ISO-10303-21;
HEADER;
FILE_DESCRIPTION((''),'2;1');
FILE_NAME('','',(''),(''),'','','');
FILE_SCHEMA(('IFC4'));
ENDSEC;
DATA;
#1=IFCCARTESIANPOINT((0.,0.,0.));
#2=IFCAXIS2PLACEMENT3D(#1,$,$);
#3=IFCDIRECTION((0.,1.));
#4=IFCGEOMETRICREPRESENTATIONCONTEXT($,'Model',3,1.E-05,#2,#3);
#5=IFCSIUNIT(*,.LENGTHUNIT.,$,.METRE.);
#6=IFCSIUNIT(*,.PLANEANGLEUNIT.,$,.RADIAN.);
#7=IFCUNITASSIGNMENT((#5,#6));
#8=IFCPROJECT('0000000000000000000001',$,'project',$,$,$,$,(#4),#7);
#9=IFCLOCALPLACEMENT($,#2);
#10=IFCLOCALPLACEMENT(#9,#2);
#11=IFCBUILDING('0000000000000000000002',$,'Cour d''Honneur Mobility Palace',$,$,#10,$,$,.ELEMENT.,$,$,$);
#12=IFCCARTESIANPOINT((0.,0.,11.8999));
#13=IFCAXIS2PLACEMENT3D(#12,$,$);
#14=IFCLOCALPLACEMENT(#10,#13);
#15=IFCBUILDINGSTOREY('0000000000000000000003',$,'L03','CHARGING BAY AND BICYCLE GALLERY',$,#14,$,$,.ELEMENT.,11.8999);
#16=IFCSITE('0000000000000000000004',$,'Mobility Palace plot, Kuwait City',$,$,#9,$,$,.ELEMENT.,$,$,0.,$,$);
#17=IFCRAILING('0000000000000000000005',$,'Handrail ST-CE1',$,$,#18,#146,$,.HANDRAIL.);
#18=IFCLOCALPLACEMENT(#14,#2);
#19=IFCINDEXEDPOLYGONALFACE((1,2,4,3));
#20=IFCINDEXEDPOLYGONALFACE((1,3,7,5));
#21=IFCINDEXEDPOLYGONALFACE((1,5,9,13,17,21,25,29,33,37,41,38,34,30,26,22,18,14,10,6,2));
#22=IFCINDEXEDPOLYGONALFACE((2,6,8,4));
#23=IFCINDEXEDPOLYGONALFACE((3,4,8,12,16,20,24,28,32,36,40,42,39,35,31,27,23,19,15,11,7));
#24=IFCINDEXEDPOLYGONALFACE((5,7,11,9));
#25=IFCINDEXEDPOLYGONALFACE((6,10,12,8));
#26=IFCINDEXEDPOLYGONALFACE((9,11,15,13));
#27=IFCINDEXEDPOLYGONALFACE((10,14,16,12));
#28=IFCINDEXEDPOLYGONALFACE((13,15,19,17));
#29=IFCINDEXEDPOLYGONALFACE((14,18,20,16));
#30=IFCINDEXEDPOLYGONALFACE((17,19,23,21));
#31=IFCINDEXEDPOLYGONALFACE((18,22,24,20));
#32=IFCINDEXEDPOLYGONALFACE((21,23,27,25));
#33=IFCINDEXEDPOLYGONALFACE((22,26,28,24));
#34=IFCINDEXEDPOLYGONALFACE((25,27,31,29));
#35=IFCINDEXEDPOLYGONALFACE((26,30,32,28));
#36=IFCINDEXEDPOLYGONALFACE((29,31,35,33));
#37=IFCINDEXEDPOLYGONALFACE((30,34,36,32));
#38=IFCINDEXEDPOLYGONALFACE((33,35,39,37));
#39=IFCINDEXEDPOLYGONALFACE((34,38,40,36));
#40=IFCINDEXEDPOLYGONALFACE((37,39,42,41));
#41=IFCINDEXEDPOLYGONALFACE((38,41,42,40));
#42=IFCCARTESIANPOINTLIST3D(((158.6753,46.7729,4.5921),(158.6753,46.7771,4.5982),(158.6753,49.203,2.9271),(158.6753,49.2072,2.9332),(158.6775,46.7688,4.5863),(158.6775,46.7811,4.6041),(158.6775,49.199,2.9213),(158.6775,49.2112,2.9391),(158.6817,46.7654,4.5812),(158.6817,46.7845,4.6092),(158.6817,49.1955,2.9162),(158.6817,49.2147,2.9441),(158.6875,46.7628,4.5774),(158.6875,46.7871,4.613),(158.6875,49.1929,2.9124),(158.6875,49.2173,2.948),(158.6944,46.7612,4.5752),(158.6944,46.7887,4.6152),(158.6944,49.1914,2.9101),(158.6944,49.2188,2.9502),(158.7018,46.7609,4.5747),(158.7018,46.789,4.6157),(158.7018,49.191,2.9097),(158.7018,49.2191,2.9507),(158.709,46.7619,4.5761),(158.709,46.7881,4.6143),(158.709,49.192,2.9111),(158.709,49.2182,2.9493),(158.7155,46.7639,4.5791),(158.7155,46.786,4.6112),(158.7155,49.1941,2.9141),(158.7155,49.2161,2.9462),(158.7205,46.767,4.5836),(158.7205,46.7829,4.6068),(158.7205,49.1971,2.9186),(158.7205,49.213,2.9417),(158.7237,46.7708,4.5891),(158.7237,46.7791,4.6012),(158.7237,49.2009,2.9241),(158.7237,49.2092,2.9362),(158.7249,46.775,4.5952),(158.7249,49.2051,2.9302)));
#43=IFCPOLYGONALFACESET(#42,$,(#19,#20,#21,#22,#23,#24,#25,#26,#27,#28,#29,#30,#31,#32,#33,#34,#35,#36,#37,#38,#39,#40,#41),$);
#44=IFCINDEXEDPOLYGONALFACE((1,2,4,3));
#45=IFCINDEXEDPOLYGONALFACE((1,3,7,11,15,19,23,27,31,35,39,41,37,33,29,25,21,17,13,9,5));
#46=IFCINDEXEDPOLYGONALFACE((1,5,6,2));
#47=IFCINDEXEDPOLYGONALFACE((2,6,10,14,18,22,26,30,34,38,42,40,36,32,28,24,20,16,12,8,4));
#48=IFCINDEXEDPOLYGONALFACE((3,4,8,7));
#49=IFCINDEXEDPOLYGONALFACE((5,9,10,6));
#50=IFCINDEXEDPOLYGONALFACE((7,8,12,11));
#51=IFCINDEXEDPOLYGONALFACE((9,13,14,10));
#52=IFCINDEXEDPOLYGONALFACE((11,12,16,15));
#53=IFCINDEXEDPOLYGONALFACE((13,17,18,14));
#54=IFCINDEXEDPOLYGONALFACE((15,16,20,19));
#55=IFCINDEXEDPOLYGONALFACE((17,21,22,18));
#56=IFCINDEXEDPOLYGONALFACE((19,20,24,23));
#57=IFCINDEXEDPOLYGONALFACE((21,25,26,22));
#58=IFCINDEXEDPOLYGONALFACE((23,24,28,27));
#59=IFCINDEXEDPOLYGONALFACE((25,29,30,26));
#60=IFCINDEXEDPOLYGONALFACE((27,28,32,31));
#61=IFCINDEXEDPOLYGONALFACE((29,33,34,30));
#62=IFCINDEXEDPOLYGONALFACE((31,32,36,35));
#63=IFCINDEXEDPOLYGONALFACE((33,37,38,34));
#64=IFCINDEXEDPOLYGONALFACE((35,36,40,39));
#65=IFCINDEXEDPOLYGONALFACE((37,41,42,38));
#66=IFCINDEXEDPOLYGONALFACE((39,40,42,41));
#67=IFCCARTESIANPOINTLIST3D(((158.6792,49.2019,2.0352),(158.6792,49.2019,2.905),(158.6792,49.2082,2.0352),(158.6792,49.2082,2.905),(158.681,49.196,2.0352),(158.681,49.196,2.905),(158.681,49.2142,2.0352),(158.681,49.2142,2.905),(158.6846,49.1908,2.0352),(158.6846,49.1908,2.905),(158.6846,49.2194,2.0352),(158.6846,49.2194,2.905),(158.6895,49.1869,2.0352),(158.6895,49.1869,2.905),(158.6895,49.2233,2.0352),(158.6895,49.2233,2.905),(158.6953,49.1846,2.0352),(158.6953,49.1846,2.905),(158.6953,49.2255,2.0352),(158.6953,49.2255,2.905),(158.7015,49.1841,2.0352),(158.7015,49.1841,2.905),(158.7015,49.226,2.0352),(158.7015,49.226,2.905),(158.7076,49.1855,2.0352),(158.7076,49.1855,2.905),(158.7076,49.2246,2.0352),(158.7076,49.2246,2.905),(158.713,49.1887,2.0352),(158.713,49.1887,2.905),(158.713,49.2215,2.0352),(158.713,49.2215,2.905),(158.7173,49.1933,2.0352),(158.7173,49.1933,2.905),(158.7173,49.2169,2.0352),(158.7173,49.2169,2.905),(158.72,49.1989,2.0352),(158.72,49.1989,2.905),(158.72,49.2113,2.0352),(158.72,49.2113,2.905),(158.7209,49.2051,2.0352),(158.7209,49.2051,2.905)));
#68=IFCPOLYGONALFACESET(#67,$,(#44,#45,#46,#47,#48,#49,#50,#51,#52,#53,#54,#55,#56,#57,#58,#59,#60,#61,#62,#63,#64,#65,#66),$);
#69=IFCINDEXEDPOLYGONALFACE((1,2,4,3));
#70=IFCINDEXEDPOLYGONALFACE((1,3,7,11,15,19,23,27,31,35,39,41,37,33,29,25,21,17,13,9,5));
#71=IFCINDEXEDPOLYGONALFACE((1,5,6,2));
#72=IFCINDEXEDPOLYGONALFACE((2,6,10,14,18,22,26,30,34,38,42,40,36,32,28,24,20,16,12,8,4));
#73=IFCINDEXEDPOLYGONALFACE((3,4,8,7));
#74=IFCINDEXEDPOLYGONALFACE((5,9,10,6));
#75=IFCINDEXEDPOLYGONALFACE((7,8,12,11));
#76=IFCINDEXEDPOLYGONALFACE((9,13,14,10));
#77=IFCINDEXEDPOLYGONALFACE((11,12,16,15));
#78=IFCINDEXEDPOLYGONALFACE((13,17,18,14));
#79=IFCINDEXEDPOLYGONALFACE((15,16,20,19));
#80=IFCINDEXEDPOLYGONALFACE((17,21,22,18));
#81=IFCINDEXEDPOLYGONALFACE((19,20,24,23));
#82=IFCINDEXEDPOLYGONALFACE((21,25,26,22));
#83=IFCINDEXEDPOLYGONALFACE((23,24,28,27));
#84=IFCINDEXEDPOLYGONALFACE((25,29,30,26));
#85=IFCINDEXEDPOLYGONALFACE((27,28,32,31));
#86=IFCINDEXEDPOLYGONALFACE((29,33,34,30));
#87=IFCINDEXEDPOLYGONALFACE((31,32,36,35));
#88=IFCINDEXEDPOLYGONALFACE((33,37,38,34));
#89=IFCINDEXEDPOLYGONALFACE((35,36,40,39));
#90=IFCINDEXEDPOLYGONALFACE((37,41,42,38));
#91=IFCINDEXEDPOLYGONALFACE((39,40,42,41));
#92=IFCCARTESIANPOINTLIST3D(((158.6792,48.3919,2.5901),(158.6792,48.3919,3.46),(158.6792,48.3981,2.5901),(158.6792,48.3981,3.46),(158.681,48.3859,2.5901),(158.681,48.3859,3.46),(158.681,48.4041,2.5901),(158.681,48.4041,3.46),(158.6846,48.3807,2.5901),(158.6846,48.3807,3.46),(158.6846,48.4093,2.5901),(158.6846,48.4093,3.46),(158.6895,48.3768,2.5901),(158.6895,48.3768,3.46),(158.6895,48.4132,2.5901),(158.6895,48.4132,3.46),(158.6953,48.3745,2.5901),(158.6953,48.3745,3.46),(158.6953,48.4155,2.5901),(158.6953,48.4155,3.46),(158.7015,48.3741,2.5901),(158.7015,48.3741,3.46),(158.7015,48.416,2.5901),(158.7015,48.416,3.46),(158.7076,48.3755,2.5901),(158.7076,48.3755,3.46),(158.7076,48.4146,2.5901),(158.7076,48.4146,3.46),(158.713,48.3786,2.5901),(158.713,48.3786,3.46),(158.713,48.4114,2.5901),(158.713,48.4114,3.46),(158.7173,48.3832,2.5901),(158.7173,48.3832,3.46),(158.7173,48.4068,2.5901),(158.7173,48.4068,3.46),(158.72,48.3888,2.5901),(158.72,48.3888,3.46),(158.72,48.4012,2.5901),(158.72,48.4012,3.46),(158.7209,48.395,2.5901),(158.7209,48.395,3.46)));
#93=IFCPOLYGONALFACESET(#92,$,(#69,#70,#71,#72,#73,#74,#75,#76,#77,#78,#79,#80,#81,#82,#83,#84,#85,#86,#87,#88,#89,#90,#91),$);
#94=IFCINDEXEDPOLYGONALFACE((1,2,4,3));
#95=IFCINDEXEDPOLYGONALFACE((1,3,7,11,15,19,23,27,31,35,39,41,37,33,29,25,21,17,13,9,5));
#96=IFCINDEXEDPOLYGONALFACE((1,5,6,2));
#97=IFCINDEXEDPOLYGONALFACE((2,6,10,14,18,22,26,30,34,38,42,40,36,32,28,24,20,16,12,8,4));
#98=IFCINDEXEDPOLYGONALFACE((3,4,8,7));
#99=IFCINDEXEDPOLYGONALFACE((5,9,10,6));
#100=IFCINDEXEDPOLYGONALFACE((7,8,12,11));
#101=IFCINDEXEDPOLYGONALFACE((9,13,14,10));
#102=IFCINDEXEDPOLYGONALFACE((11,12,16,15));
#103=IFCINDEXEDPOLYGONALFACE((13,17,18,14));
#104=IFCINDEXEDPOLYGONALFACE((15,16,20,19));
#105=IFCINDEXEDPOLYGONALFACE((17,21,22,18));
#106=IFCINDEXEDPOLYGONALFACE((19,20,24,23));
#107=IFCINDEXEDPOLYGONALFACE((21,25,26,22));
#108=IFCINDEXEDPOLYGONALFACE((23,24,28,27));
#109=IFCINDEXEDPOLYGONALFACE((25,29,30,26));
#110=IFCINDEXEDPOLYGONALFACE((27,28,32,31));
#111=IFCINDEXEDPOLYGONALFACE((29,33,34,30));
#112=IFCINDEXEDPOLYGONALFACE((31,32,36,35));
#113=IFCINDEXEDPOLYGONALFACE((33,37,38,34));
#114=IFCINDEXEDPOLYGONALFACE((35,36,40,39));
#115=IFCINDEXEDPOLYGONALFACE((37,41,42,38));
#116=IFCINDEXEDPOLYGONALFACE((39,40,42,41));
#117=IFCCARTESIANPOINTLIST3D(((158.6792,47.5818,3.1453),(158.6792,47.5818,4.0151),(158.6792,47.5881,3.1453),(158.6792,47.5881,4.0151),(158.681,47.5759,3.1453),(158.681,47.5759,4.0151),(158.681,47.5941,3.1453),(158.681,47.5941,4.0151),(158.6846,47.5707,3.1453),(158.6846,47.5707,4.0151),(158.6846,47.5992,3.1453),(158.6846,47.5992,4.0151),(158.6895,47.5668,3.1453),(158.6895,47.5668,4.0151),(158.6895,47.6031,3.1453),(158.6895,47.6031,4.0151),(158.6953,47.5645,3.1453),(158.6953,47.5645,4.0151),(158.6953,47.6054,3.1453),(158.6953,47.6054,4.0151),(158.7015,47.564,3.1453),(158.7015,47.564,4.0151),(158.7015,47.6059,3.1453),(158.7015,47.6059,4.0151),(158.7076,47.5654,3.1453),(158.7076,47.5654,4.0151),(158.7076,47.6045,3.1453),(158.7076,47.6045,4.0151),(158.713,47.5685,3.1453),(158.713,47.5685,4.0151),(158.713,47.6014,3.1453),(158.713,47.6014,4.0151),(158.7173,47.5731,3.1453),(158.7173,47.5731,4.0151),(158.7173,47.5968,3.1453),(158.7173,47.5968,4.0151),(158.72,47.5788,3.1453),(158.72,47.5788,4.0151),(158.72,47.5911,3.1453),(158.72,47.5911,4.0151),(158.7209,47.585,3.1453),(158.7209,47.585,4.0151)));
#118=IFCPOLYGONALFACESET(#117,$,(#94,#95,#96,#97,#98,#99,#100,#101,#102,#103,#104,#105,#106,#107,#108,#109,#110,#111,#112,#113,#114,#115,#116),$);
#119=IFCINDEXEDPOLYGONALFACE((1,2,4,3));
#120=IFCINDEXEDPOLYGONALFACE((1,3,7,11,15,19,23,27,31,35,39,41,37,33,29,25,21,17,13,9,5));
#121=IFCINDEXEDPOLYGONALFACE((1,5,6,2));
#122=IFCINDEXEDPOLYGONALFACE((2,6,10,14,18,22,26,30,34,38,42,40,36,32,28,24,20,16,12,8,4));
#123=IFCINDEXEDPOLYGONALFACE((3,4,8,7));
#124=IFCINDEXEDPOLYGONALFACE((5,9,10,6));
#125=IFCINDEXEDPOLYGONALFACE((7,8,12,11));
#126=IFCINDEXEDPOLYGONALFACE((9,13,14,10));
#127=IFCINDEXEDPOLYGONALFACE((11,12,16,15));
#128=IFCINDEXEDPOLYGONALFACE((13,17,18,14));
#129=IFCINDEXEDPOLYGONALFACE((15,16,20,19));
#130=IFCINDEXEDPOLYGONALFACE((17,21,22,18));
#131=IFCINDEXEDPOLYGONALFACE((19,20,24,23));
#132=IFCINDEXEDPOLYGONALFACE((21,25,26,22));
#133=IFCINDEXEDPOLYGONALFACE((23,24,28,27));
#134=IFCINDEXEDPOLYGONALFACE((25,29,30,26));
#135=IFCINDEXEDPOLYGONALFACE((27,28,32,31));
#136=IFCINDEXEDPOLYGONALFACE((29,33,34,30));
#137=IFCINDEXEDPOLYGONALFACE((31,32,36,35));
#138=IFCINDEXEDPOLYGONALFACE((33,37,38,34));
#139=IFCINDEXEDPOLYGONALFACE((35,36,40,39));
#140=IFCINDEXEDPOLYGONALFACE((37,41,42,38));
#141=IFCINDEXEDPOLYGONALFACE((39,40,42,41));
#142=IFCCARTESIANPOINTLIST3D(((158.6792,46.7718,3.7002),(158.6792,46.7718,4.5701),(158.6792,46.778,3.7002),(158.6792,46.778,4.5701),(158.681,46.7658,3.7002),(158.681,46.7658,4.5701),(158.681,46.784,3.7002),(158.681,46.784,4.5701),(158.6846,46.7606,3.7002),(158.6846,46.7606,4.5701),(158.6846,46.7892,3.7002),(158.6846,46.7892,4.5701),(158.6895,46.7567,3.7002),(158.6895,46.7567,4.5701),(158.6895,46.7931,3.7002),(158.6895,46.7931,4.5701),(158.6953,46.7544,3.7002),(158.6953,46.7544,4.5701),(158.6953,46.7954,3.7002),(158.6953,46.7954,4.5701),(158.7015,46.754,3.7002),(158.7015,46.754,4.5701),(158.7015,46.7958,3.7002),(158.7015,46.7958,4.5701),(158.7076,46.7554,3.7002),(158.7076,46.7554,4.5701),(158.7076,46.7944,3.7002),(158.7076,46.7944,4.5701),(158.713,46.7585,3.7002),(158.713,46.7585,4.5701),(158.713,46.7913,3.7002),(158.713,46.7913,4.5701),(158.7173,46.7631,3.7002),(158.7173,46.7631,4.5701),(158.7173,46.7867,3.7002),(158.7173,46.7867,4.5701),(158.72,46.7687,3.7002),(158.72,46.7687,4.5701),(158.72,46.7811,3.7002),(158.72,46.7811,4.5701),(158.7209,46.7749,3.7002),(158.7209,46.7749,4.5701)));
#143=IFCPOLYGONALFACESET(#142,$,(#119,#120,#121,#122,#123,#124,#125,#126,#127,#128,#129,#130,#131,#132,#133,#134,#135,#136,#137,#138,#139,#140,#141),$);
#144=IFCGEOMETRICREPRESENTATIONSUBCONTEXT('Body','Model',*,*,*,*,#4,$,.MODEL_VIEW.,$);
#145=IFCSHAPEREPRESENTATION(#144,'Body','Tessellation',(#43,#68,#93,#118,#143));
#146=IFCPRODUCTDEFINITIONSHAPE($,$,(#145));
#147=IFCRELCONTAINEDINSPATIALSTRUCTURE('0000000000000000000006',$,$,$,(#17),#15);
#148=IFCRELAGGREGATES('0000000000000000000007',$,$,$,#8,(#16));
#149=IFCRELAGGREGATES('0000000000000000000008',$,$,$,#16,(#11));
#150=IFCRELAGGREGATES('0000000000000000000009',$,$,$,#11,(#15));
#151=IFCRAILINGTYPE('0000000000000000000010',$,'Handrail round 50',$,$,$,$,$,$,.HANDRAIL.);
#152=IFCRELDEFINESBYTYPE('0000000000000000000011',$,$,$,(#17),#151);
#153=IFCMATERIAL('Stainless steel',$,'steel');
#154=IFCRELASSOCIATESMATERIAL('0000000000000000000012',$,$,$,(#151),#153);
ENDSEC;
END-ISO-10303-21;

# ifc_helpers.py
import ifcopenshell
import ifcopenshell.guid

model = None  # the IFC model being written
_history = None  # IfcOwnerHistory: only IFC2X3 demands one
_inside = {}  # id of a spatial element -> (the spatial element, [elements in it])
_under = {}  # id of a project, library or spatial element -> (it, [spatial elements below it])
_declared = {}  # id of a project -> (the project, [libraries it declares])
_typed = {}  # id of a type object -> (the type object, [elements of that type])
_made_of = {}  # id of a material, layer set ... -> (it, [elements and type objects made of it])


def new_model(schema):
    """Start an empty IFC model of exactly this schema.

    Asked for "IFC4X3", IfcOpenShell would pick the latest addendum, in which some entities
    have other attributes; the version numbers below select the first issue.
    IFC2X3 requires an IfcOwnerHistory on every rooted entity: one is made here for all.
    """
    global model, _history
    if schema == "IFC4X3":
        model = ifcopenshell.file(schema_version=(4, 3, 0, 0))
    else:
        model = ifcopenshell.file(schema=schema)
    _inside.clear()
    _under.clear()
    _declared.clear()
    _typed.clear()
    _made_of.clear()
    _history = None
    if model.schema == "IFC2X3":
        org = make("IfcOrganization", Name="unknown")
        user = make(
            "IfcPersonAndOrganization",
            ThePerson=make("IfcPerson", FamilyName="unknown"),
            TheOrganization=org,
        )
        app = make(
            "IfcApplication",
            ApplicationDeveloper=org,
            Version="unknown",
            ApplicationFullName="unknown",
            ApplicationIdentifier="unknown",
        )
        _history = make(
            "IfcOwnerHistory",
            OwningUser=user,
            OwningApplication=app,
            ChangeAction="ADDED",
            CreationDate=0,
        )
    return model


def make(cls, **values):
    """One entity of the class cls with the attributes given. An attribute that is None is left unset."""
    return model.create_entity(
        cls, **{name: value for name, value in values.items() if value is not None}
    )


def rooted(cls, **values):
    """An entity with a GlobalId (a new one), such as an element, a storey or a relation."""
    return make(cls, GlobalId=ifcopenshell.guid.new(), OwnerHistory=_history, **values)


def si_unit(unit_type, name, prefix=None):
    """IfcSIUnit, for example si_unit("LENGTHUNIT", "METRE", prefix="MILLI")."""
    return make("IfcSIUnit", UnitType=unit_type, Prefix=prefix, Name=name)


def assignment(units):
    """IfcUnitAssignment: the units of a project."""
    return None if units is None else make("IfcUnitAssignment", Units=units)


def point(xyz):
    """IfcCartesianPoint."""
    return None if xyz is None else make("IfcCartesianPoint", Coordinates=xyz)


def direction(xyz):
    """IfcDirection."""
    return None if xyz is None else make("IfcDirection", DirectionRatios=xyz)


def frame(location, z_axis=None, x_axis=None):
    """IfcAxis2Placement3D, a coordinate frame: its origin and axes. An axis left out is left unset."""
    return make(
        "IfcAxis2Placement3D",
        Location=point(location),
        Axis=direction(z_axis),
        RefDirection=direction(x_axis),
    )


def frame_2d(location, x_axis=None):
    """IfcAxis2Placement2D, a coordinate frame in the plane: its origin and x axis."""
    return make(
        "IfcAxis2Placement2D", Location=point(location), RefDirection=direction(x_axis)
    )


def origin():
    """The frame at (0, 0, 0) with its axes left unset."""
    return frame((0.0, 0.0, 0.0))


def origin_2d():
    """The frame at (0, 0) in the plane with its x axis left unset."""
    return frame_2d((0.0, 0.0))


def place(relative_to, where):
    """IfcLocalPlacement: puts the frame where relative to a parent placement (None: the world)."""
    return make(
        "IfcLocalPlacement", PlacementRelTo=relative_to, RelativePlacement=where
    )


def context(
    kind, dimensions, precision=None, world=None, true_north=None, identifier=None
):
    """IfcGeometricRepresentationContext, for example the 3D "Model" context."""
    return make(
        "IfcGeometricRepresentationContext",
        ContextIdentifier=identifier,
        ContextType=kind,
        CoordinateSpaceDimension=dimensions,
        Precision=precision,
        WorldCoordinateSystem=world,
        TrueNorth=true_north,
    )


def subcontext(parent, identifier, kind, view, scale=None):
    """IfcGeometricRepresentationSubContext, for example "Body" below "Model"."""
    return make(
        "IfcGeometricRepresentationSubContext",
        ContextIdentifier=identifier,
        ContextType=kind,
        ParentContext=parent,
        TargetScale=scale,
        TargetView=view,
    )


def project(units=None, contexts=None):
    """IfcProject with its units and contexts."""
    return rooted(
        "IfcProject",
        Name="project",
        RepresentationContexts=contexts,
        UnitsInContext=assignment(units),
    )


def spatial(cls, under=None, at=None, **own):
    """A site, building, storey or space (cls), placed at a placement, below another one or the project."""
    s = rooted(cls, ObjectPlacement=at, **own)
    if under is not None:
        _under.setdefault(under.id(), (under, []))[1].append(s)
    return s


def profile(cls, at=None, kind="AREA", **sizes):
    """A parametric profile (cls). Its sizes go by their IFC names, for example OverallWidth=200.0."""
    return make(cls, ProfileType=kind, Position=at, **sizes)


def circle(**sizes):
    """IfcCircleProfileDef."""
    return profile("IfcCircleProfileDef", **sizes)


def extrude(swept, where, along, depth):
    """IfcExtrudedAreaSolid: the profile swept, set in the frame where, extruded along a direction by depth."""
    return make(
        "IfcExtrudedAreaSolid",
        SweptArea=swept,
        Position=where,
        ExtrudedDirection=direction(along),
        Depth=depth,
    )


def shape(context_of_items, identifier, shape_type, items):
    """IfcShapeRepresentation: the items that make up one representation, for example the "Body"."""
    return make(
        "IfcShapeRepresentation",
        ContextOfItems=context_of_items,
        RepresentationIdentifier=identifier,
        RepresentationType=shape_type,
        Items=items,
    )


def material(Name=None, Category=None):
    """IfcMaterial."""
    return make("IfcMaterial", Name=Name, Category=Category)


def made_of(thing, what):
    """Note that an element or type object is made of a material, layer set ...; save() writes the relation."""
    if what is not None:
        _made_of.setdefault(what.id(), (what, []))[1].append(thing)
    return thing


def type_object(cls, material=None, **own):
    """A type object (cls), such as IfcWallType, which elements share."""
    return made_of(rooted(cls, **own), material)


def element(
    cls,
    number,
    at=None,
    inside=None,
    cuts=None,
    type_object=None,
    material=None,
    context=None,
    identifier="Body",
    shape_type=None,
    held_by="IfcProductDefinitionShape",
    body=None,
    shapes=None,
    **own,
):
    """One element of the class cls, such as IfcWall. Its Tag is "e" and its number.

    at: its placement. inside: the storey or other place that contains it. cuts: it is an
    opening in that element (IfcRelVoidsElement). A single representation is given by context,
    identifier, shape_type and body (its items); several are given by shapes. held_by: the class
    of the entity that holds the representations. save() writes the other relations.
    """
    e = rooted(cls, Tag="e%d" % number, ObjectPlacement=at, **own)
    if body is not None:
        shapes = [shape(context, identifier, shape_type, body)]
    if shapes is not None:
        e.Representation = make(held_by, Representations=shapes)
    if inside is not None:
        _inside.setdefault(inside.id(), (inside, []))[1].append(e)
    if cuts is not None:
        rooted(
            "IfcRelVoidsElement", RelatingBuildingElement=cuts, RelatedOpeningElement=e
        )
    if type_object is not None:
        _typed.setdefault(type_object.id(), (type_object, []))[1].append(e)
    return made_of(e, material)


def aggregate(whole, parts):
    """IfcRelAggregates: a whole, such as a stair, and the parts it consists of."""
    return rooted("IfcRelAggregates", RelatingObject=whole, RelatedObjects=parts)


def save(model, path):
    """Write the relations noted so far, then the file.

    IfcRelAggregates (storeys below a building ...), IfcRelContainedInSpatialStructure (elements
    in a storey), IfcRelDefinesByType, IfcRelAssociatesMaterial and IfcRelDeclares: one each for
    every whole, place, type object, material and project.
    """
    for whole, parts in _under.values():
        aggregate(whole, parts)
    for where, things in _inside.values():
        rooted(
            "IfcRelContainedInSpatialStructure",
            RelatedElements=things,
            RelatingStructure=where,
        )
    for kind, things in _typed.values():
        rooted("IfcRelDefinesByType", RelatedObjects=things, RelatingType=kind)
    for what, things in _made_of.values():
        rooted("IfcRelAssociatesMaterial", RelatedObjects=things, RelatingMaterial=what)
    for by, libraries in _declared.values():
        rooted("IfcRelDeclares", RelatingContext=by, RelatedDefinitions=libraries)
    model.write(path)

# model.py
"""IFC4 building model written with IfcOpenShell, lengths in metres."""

from ifc_helpers import new_model, si_unit, direction, frame, origin, origin_2d, place, context, subcontext, project, spatial, circle, extrude, material, type_object, element, save


model = new_model("IFC4")

# Units and contexts
model_context = context("Model", 3, precision=1e-05, world=origin(), true_north=direction((0.0, 1.0)))
body_context = subcontext(model_context, "Body", "Model", "MODEL_VIEW")
ifc_project = project(units=[si_unit("LENGTHUNIT", "METRE"), si_unit("PLANEANGLEUNIT", "RADIAN")], contexts=[model_context])

# Site, building, storey
site_placement = place(None, origin())
site = spatial("IfcSite", under=ifc_project, at=site_placement, Name="Mobility Palace plot, Kuwait City", CompositionType="ELEMENT", RefElevation=0.0)
building_placement = place(site_placement, origin())
building = spatial("IfcBuilding", under=site, at=building_placement, Name="Cour d'Honneur Mobility Palace", CompositionType="ELEMENT")
storey_placement = place(building_placement, frame((0.0, 0.0, 11.8999)))
storey = spatial("IfcBuildingStorey", under=building, at=storey_placement, Name="L03", Description="CHARGING BAY AND BICYCLE GALLERY", CompositionType="ELEMENT", Elevation=11.8999)

# Railing
ifc_material_1 = material(Name="Stainless steel", Category="steel")
railing_type_1 = type_object("IfcRailingType", Name="Handrail round 50", PredefinedType="HANDRAIL", material=ifc_material_1)
railing_1_placement = place(storey_placement, frame((158.7, 49.2051, 2.0352)))
element("IfcRailing", 1, at=railing_1_placement, inside=storey, type_object=railing_type_1, Name="Handrail ST-CE1", PredefinedType="HANDRAIL", context=body_context, shape_type="SweptSolid", body=[
    extrude(circle(Radius=0.0249, at=origin_2d()), frame((0.0, 0.0, 0.895), z_axis=(0.0, -0.824945, 0.565213), x_axis=(1.0, 0.0, 0.0)), (0.0, 0.0, 1.0), 2.9458),
    extrude(circle(Radius=0.021, at=origin_2d()), origin(), (0.0, 0.0, 1.0), 0.8699),
    extrude(circle(Radius=0.021, at=origin_2d()), frame((0.0, -0.8101, 0.5549)), (0.0, 0.0, 1.0), 0.8699),
    extrude(circle(Radius=0.021, at=origin_2d()), frame((0.0, -1.6201, 1.1101)), (0.0, 0.0, 1.0), 0.8699),
    extrude(circle(Radius=0.021, at=origin_2d()), frame((0.0, -2.4302, 1.665)), (0.0, 0.0, 1.0), 0.8699),
])

save(model, "model.ifc")
